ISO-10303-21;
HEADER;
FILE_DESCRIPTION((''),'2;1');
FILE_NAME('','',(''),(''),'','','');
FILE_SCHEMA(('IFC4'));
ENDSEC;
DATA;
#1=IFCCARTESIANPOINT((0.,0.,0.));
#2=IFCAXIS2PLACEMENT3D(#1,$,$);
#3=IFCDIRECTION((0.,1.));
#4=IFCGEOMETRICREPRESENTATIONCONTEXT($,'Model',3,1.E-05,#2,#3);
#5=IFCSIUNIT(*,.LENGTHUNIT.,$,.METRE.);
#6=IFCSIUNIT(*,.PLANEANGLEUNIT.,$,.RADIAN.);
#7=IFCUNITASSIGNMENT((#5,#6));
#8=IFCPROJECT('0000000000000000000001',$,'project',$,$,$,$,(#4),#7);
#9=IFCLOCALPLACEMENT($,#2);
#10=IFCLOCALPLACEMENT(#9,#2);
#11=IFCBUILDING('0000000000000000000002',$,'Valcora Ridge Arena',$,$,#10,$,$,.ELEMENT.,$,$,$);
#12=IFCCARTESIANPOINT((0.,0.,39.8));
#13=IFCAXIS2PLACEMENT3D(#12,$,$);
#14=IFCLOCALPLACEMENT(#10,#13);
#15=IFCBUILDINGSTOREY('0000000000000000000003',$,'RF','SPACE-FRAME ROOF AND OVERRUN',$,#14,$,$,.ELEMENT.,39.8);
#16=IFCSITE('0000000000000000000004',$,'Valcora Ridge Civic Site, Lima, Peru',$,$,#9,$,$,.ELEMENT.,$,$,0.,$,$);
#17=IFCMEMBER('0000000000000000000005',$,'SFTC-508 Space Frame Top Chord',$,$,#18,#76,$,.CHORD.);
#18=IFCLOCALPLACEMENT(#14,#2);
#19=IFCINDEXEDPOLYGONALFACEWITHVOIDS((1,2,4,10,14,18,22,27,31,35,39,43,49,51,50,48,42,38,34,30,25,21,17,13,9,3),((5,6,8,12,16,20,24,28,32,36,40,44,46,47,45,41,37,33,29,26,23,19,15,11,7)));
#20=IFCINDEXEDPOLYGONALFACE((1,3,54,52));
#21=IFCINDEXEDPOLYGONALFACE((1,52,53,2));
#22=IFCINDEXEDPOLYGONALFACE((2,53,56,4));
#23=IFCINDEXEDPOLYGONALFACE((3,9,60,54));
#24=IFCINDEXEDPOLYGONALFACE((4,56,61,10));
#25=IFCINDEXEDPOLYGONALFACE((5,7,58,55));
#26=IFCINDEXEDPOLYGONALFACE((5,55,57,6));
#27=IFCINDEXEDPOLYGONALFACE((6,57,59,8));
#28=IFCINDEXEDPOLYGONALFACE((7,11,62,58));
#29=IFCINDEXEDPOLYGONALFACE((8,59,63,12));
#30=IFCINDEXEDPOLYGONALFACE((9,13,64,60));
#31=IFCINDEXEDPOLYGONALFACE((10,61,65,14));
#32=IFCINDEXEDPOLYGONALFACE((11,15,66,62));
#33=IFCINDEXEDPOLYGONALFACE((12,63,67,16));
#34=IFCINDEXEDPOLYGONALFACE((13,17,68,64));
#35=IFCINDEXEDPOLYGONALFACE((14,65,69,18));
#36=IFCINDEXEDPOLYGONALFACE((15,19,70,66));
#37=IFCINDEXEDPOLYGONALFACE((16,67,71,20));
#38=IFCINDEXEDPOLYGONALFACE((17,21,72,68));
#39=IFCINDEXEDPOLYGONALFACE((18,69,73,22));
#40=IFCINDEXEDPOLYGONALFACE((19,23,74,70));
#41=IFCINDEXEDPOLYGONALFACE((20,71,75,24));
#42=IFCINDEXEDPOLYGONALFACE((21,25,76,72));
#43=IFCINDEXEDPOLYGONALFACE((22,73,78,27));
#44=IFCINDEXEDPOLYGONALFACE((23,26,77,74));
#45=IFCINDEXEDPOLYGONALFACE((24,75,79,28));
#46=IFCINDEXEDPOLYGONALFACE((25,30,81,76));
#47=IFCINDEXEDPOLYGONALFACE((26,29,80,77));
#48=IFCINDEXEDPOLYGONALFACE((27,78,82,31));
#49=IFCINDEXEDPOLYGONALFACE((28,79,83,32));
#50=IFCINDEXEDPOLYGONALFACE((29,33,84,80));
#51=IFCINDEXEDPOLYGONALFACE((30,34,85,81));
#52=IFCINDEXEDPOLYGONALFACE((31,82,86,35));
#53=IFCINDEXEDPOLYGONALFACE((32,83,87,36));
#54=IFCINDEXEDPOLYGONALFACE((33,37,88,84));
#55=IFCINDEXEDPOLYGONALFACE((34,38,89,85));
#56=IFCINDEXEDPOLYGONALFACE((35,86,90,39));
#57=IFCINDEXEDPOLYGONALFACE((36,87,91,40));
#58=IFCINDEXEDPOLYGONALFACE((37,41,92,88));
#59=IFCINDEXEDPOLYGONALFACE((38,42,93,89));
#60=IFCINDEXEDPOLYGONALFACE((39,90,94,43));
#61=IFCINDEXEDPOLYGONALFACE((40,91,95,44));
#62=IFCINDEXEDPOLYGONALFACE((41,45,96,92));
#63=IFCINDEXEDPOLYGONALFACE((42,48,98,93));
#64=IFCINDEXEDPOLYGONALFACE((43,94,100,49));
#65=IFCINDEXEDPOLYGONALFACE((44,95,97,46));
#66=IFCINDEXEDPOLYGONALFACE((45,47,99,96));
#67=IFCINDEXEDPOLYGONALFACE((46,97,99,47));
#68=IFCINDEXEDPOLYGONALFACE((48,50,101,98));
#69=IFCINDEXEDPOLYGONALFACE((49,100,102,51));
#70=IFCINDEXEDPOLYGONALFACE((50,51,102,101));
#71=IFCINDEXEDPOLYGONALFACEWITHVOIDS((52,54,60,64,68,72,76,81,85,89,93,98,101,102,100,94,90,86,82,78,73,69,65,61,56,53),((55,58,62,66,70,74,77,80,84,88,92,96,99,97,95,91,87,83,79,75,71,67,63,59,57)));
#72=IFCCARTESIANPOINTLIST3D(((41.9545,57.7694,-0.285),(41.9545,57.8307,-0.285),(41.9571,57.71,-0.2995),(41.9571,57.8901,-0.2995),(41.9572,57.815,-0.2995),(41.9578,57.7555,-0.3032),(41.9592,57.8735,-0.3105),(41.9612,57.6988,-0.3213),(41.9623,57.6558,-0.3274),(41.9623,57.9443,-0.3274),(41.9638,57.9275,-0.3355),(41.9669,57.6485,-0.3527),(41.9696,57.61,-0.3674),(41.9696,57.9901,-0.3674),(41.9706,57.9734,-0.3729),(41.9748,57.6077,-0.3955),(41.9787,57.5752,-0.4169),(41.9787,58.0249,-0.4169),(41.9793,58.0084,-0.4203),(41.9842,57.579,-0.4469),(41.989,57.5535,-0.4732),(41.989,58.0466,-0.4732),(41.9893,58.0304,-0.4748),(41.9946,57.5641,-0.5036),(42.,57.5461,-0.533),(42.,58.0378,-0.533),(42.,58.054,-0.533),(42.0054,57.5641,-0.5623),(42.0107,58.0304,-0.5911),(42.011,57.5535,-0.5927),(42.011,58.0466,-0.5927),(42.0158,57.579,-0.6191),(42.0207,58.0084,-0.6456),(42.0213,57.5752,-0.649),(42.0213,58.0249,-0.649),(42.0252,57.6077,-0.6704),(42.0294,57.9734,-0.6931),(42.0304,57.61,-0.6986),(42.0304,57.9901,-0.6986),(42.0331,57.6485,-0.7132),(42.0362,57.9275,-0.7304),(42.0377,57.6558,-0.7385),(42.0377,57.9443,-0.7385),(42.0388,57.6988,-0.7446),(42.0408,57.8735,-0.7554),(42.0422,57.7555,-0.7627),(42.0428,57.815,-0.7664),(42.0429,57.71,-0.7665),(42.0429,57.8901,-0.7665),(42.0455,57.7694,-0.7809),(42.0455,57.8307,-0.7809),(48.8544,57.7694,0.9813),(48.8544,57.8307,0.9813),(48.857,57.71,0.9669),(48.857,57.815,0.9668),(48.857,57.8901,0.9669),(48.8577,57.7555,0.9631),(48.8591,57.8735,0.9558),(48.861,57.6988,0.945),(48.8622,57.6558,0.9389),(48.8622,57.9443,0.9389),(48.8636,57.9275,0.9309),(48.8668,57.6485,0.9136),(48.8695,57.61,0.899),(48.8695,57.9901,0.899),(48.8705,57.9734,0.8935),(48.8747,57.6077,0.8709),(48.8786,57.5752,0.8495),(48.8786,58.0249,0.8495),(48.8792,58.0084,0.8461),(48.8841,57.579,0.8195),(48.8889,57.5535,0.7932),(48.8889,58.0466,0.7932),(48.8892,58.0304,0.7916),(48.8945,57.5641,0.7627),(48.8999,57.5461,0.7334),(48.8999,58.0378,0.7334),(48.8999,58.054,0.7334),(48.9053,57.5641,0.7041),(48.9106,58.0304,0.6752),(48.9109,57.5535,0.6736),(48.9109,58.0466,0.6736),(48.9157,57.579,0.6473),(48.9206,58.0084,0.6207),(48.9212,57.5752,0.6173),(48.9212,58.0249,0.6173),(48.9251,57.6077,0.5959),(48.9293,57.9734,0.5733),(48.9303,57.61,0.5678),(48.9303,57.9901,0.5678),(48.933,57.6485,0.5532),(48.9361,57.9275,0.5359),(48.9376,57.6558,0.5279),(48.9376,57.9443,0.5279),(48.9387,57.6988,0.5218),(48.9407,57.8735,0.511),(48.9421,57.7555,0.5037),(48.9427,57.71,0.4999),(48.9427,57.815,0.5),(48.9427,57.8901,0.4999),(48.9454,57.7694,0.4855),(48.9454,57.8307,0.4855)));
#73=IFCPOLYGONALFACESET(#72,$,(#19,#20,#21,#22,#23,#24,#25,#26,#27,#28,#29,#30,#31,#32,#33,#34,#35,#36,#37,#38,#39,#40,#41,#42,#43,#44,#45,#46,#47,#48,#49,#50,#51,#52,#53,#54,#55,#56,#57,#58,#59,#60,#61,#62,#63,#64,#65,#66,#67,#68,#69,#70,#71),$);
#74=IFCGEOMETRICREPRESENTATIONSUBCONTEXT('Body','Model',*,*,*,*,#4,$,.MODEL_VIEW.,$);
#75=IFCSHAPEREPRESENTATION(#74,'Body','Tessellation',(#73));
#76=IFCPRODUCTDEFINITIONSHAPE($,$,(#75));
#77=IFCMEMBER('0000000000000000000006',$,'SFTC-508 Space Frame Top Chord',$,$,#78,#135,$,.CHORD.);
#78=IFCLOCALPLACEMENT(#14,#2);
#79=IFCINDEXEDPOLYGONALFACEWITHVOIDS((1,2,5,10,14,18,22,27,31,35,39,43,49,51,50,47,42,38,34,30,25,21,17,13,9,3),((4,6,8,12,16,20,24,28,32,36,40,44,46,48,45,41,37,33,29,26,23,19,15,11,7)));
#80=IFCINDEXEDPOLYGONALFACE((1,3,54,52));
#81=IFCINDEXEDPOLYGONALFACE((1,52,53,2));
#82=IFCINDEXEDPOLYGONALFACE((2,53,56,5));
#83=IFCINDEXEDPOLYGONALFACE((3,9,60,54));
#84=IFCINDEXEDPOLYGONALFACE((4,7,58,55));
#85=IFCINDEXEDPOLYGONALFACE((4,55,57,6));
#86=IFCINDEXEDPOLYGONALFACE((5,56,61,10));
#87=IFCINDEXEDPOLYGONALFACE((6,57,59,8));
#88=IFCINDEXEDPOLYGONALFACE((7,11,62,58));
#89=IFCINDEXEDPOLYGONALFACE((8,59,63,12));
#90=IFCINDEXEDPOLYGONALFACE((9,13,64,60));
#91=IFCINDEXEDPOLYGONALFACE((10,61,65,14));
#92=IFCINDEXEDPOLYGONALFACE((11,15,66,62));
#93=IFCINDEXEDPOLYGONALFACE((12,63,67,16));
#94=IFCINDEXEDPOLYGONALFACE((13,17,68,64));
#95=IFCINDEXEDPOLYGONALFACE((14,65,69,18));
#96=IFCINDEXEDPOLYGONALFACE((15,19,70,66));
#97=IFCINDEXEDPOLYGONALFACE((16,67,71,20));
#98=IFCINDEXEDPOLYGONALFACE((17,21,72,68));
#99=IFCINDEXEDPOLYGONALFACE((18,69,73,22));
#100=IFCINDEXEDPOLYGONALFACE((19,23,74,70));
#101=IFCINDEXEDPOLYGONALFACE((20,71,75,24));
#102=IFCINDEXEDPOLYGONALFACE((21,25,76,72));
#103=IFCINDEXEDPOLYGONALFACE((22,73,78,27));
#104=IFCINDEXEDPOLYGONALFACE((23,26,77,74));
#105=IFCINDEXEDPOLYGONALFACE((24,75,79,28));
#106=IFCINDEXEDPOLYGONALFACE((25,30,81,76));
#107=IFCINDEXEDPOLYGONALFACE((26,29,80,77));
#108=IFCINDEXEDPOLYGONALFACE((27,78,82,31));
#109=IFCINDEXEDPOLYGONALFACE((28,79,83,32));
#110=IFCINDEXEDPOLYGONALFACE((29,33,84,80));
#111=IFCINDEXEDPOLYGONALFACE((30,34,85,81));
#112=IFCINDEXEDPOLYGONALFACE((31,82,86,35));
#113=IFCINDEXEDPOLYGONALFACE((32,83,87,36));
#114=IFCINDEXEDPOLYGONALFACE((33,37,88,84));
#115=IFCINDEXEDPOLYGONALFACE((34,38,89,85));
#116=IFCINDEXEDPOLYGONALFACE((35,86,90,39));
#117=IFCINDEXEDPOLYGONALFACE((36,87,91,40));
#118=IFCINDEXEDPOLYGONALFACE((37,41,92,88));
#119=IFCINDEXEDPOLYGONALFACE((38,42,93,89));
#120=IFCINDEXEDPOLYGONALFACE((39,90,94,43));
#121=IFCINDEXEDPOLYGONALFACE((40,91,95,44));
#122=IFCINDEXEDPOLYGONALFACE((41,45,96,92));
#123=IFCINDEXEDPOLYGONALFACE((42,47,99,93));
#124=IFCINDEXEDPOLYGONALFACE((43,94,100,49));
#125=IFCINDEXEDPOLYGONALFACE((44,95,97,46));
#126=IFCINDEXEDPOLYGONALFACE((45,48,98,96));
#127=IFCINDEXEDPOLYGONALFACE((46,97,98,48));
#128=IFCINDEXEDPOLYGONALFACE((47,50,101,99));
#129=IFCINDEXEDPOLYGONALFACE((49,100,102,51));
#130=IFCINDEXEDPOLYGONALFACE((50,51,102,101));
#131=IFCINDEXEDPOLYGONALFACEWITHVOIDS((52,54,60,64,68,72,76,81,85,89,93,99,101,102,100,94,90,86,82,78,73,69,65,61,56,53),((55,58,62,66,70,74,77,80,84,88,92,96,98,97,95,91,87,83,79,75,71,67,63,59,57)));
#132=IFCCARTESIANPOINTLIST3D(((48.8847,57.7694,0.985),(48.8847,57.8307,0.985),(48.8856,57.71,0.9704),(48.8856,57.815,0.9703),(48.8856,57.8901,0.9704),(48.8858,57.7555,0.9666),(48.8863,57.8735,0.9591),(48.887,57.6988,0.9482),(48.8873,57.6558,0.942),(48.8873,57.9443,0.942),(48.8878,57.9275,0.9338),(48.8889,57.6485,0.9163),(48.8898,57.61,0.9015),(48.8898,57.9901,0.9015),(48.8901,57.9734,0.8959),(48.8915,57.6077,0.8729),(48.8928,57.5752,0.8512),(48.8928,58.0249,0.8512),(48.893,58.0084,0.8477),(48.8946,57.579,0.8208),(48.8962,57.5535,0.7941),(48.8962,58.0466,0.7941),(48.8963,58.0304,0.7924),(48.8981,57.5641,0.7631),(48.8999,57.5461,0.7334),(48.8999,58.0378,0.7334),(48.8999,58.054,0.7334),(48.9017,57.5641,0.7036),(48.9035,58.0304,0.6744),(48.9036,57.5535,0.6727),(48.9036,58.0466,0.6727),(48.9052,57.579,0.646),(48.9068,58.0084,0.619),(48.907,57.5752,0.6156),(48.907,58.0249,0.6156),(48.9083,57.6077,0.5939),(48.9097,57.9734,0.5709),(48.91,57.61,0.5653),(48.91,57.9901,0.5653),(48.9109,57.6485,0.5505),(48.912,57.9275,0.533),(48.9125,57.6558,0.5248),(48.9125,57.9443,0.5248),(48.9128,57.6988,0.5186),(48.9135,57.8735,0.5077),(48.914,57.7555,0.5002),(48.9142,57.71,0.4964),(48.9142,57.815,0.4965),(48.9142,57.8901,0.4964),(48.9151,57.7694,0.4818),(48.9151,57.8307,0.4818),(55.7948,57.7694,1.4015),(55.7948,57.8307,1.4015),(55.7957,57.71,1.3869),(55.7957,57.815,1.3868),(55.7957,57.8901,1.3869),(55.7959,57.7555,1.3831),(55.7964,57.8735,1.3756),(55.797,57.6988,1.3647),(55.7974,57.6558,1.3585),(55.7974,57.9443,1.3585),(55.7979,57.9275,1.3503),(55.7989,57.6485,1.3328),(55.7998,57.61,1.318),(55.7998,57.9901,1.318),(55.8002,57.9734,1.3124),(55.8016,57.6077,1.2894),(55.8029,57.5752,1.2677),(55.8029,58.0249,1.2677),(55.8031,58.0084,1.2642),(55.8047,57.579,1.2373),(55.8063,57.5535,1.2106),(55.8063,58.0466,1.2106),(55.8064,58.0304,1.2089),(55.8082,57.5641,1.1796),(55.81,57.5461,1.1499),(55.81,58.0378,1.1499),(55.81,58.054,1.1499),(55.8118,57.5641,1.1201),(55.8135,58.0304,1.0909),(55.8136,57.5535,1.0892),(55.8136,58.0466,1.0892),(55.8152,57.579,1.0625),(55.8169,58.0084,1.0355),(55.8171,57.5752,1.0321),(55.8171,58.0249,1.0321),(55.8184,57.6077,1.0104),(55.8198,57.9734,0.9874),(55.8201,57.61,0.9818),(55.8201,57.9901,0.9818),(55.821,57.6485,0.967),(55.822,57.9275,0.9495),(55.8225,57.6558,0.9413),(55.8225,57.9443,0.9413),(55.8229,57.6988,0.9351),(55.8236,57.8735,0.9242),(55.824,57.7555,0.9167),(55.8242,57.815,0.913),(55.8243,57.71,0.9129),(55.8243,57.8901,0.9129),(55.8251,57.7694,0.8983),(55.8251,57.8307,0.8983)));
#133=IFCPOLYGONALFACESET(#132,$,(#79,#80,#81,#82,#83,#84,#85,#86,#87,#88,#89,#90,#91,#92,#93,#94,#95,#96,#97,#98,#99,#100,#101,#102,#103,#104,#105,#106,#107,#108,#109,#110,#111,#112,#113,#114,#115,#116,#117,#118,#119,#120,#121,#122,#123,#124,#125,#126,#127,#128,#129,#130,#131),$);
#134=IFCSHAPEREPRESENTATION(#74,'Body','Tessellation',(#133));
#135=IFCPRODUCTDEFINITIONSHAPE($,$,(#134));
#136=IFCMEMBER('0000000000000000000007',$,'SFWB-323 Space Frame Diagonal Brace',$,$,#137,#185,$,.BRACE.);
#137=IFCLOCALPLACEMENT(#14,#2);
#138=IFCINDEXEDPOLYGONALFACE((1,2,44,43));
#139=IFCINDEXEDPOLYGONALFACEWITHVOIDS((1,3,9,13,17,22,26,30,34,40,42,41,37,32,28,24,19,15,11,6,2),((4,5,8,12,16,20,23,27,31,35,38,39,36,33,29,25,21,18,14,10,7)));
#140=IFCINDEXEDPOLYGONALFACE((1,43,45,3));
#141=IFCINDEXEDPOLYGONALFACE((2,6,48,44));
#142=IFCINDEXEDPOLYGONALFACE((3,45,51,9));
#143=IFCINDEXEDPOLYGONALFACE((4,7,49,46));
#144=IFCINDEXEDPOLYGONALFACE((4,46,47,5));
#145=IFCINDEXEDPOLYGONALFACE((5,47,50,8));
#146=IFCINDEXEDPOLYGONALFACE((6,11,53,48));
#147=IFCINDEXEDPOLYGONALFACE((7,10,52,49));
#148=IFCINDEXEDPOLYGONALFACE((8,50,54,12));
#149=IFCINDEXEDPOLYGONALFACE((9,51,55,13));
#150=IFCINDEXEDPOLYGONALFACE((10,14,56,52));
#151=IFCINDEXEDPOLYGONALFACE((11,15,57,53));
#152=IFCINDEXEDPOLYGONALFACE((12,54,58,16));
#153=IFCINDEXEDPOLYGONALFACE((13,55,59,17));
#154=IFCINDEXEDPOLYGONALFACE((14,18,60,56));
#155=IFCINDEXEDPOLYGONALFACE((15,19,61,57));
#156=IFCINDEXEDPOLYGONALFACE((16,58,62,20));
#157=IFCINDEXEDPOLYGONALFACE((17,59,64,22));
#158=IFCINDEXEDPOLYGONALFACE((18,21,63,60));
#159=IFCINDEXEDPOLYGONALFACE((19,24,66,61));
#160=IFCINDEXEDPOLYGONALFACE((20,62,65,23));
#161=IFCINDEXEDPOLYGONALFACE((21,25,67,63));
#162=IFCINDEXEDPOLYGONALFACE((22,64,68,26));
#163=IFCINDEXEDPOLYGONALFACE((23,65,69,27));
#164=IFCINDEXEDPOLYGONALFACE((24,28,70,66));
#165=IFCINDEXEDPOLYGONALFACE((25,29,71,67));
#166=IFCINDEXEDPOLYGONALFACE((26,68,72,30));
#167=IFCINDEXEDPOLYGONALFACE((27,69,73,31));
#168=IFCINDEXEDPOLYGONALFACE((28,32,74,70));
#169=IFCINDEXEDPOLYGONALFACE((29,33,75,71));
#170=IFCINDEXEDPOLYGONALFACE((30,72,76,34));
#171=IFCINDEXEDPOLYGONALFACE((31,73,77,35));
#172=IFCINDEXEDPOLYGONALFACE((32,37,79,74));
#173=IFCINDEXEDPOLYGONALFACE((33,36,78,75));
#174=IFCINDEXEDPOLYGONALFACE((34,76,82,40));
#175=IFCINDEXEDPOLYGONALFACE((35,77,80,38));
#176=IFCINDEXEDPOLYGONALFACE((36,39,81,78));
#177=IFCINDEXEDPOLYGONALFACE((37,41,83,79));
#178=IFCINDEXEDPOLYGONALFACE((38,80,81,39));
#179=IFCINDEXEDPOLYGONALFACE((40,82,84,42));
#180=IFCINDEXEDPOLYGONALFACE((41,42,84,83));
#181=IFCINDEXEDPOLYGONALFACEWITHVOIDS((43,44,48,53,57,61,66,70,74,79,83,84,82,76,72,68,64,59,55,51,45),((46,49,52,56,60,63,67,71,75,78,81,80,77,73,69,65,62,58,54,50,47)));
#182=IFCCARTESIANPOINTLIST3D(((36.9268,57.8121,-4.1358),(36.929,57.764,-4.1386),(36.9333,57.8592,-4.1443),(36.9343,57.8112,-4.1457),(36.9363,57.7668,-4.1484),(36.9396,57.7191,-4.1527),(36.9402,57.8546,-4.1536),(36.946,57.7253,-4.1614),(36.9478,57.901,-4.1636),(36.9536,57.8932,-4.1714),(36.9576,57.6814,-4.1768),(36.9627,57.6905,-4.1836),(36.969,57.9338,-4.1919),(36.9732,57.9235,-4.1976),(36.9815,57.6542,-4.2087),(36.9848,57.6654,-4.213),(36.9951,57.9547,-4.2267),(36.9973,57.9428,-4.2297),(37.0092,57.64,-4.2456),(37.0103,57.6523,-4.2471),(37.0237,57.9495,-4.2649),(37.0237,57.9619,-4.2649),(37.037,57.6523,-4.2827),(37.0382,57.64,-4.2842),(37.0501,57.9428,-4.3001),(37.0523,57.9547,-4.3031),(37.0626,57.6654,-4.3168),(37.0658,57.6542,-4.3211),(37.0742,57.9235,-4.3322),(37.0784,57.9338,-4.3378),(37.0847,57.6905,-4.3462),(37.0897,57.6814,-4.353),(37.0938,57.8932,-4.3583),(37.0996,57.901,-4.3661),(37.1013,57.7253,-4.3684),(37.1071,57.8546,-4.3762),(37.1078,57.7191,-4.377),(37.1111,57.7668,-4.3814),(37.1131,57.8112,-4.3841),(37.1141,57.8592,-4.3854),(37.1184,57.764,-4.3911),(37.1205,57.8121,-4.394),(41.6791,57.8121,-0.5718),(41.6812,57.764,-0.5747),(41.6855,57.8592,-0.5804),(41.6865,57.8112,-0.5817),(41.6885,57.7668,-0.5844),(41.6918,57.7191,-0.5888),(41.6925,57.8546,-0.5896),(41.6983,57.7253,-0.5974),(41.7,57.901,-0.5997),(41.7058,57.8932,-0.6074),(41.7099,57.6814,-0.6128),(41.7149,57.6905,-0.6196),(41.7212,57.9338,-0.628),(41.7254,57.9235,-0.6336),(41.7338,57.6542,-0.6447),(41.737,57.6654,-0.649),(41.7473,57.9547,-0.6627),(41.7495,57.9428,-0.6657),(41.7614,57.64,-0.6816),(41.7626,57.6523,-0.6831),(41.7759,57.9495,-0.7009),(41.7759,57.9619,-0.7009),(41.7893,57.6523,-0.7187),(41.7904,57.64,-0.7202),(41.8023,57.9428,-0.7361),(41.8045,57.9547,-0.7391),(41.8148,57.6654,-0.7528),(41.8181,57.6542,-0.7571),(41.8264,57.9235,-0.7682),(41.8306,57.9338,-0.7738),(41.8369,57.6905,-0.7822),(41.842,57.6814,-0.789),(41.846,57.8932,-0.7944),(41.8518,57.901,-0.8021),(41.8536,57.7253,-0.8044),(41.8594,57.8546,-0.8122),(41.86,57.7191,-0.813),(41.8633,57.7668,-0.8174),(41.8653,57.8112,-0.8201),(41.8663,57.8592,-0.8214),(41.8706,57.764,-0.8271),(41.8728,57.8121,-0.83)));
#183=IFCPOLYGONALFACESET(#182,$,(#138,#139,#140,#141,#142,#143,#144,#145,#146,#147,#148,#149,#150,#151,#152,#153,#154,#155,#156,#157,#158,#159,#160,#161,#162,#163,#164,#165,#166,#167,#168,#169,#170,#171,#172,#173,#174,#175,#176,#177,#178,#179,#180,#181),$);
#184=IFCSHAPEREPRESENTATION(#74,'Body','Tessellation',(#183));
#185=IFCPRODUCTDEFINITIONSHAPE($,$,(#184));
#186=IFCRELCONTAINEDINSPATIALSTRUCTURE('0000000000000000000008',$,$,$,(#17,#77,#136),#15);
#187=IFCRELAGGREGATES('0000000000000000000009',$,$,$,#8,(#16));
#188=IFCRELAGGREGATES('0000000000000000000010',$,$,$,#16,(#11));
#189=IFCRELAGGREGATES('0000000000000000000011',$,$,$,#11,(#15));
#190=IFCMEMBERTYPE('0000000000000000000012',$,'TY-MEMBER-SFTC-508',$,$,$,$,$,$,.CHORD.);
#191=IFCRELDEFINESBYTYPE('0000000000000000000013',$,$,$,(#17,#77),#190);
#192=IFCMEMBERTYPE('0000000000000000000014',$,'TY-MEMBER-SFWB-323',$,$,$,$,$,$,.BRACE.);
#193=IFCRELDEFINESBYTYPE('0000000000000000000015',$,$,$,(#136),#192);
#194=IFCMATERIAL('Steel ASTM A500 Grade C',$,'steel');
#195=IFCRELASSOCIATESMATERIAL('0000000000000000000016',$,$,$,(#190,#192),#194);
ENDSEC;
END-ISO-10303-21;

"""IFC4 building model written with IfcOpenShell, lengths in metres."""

from ifc_helpers import new_model, si_unit, direction, frame, origin, origin_2d, place, context, subcontext, project, spatial, hollow_circle, extrude, material, material_profile, profile_set, type_object, element, save


model = new_model("IFC4")

# Units and contexts
model_context = context("Model", 3, precision=1e-05, world=origin(), true_north=direction((0.0, 1.0)))
body_context = subcontext(model_context, "Body", "Model", "MODEL_VIEW")
ifc_project = project(units=[si_unit("LENGTHUNIT", "METRE"), si_unit("PLANEANGLEUNIT", "RADIAN")], contexts=[model_context])

# Site, building, storey
site_placement = place(None, origin())
site = spatial("IfcSite", under=ifc_project, at=site_placement, Name="Valcora Ridge Civic Site, Lima, Peru", CompositionType="ELEMENT", RefElevation=0.0)
building_placement = place(site_placement, origin())
building = spatial("IfcBuilding", under=site, at=building_placement, Name="Valcora Ridge Arena", CompositionType="ELEMENT")
storey_placement = place(building_placement, frame((0.0, 0.0, 39.8)))
storey = spatial("IfcBuildingStorey", under=building, at=storey_placement, Name="RF", Description="SPACE-FRAME ROOF AND OVERRUN", CompositionType="ELEMENT", Elevation=39.8)

# Members
ifc_material_1 = material(Name="Steel ASTM A500 Grade C", Category="steel")
ifc_material_profile_1 = material_profile(ifc_material_1, hollow_circle(Radius=0.2539, WallThickness=0.0161, at=origin_2d()), Name="CHS508X16")
ifc_profile_set_1 = profile_set([ifc_material_profile_1], Name="Steel ASTM A500 Grade C")
member_type_1 = type_object("IfcMemberType", Name="TY-MEMBER-SFTC-508", PredefinedType="CHORD", material=ifc_profile_set_1)
member_1_placement = place(storey_placement, frame((42.0, 57.8, -0.533), z_axis=(0.983572, 0.0, 0.180518), x_axis=(0.0, 1.0, 0.0)))
element("IfcMember", 1, at=member_1_placement, inside=storey, type_object=member_type_1, Name="SFTC-508 Space Frame Top Chord", PredefinedType="CHORD", context=body_context, shape_type="SweptSolid", body=[
    extrude(hollow_circle(Radius=0.2539, WallThickness=0.0161, at=origin_2d()), origin(), (0.0, 0.0, 1.0), 7.0151),
])
member_2_placement = place(storey_placement, frame((48.8999, 57.8, 0.7334), z_axis=(0.998188, 0.0, 0.060165), x_axis=(0.0, 1.0, 0.0)))
element("IfcMember", 2, at=member_2_placement, inside=storey, type_object=member_type_1, Name="SFTC-508 Space Frame Top Chord", PredefinedType="CHORD", context=body_context, shape_type="SweptSolid", body=[
    extrude(hollow_circle(Radius=0.2539, WallThickness=0.0161, at=origin_2d()), origin(), (0.0, 0.0, 1.0), 6.9226),
])
ifc_material_profile_2 = material_profile(ifc_material_1, hollow_circle(Radius=0.1619, WallThickness=0.0125, at=origin_2d()), Name="CHS323X12")
ifc_profile_set_2 = profile_set([ifc_material_profile_2], Name="Steel ASTM A500 Grade C")
member_type_2 = type_object("IfcMemberType", Name="TY-MEMBER-SFWB-323", PredefinedType="BRACE", material=ifc_profile_set_2)
member_3_placement = place(storey_placement, frame((37.0237, 57.8, -4.2649), z_axis=(0.800015, 0.0, 0.59998), x_axis=(0.0, 1.0, 0.0)))
element("IfcMember", 3, at=member_3_placement, inside=storey, type_object=member_type_2, Name="SFWB-323 Space Frame Diagonal Brace", PredefinedType="BRACE", context=body_context, shape_type="SweptSolid", body=[
    extrude(hollow_circle(Radius=0.1619, WallThickness=0.0125, at=origin_2d()), origin(), (0.0, 0.0, 1.0), 5.9402),
])

save(model, "model.ifc")
